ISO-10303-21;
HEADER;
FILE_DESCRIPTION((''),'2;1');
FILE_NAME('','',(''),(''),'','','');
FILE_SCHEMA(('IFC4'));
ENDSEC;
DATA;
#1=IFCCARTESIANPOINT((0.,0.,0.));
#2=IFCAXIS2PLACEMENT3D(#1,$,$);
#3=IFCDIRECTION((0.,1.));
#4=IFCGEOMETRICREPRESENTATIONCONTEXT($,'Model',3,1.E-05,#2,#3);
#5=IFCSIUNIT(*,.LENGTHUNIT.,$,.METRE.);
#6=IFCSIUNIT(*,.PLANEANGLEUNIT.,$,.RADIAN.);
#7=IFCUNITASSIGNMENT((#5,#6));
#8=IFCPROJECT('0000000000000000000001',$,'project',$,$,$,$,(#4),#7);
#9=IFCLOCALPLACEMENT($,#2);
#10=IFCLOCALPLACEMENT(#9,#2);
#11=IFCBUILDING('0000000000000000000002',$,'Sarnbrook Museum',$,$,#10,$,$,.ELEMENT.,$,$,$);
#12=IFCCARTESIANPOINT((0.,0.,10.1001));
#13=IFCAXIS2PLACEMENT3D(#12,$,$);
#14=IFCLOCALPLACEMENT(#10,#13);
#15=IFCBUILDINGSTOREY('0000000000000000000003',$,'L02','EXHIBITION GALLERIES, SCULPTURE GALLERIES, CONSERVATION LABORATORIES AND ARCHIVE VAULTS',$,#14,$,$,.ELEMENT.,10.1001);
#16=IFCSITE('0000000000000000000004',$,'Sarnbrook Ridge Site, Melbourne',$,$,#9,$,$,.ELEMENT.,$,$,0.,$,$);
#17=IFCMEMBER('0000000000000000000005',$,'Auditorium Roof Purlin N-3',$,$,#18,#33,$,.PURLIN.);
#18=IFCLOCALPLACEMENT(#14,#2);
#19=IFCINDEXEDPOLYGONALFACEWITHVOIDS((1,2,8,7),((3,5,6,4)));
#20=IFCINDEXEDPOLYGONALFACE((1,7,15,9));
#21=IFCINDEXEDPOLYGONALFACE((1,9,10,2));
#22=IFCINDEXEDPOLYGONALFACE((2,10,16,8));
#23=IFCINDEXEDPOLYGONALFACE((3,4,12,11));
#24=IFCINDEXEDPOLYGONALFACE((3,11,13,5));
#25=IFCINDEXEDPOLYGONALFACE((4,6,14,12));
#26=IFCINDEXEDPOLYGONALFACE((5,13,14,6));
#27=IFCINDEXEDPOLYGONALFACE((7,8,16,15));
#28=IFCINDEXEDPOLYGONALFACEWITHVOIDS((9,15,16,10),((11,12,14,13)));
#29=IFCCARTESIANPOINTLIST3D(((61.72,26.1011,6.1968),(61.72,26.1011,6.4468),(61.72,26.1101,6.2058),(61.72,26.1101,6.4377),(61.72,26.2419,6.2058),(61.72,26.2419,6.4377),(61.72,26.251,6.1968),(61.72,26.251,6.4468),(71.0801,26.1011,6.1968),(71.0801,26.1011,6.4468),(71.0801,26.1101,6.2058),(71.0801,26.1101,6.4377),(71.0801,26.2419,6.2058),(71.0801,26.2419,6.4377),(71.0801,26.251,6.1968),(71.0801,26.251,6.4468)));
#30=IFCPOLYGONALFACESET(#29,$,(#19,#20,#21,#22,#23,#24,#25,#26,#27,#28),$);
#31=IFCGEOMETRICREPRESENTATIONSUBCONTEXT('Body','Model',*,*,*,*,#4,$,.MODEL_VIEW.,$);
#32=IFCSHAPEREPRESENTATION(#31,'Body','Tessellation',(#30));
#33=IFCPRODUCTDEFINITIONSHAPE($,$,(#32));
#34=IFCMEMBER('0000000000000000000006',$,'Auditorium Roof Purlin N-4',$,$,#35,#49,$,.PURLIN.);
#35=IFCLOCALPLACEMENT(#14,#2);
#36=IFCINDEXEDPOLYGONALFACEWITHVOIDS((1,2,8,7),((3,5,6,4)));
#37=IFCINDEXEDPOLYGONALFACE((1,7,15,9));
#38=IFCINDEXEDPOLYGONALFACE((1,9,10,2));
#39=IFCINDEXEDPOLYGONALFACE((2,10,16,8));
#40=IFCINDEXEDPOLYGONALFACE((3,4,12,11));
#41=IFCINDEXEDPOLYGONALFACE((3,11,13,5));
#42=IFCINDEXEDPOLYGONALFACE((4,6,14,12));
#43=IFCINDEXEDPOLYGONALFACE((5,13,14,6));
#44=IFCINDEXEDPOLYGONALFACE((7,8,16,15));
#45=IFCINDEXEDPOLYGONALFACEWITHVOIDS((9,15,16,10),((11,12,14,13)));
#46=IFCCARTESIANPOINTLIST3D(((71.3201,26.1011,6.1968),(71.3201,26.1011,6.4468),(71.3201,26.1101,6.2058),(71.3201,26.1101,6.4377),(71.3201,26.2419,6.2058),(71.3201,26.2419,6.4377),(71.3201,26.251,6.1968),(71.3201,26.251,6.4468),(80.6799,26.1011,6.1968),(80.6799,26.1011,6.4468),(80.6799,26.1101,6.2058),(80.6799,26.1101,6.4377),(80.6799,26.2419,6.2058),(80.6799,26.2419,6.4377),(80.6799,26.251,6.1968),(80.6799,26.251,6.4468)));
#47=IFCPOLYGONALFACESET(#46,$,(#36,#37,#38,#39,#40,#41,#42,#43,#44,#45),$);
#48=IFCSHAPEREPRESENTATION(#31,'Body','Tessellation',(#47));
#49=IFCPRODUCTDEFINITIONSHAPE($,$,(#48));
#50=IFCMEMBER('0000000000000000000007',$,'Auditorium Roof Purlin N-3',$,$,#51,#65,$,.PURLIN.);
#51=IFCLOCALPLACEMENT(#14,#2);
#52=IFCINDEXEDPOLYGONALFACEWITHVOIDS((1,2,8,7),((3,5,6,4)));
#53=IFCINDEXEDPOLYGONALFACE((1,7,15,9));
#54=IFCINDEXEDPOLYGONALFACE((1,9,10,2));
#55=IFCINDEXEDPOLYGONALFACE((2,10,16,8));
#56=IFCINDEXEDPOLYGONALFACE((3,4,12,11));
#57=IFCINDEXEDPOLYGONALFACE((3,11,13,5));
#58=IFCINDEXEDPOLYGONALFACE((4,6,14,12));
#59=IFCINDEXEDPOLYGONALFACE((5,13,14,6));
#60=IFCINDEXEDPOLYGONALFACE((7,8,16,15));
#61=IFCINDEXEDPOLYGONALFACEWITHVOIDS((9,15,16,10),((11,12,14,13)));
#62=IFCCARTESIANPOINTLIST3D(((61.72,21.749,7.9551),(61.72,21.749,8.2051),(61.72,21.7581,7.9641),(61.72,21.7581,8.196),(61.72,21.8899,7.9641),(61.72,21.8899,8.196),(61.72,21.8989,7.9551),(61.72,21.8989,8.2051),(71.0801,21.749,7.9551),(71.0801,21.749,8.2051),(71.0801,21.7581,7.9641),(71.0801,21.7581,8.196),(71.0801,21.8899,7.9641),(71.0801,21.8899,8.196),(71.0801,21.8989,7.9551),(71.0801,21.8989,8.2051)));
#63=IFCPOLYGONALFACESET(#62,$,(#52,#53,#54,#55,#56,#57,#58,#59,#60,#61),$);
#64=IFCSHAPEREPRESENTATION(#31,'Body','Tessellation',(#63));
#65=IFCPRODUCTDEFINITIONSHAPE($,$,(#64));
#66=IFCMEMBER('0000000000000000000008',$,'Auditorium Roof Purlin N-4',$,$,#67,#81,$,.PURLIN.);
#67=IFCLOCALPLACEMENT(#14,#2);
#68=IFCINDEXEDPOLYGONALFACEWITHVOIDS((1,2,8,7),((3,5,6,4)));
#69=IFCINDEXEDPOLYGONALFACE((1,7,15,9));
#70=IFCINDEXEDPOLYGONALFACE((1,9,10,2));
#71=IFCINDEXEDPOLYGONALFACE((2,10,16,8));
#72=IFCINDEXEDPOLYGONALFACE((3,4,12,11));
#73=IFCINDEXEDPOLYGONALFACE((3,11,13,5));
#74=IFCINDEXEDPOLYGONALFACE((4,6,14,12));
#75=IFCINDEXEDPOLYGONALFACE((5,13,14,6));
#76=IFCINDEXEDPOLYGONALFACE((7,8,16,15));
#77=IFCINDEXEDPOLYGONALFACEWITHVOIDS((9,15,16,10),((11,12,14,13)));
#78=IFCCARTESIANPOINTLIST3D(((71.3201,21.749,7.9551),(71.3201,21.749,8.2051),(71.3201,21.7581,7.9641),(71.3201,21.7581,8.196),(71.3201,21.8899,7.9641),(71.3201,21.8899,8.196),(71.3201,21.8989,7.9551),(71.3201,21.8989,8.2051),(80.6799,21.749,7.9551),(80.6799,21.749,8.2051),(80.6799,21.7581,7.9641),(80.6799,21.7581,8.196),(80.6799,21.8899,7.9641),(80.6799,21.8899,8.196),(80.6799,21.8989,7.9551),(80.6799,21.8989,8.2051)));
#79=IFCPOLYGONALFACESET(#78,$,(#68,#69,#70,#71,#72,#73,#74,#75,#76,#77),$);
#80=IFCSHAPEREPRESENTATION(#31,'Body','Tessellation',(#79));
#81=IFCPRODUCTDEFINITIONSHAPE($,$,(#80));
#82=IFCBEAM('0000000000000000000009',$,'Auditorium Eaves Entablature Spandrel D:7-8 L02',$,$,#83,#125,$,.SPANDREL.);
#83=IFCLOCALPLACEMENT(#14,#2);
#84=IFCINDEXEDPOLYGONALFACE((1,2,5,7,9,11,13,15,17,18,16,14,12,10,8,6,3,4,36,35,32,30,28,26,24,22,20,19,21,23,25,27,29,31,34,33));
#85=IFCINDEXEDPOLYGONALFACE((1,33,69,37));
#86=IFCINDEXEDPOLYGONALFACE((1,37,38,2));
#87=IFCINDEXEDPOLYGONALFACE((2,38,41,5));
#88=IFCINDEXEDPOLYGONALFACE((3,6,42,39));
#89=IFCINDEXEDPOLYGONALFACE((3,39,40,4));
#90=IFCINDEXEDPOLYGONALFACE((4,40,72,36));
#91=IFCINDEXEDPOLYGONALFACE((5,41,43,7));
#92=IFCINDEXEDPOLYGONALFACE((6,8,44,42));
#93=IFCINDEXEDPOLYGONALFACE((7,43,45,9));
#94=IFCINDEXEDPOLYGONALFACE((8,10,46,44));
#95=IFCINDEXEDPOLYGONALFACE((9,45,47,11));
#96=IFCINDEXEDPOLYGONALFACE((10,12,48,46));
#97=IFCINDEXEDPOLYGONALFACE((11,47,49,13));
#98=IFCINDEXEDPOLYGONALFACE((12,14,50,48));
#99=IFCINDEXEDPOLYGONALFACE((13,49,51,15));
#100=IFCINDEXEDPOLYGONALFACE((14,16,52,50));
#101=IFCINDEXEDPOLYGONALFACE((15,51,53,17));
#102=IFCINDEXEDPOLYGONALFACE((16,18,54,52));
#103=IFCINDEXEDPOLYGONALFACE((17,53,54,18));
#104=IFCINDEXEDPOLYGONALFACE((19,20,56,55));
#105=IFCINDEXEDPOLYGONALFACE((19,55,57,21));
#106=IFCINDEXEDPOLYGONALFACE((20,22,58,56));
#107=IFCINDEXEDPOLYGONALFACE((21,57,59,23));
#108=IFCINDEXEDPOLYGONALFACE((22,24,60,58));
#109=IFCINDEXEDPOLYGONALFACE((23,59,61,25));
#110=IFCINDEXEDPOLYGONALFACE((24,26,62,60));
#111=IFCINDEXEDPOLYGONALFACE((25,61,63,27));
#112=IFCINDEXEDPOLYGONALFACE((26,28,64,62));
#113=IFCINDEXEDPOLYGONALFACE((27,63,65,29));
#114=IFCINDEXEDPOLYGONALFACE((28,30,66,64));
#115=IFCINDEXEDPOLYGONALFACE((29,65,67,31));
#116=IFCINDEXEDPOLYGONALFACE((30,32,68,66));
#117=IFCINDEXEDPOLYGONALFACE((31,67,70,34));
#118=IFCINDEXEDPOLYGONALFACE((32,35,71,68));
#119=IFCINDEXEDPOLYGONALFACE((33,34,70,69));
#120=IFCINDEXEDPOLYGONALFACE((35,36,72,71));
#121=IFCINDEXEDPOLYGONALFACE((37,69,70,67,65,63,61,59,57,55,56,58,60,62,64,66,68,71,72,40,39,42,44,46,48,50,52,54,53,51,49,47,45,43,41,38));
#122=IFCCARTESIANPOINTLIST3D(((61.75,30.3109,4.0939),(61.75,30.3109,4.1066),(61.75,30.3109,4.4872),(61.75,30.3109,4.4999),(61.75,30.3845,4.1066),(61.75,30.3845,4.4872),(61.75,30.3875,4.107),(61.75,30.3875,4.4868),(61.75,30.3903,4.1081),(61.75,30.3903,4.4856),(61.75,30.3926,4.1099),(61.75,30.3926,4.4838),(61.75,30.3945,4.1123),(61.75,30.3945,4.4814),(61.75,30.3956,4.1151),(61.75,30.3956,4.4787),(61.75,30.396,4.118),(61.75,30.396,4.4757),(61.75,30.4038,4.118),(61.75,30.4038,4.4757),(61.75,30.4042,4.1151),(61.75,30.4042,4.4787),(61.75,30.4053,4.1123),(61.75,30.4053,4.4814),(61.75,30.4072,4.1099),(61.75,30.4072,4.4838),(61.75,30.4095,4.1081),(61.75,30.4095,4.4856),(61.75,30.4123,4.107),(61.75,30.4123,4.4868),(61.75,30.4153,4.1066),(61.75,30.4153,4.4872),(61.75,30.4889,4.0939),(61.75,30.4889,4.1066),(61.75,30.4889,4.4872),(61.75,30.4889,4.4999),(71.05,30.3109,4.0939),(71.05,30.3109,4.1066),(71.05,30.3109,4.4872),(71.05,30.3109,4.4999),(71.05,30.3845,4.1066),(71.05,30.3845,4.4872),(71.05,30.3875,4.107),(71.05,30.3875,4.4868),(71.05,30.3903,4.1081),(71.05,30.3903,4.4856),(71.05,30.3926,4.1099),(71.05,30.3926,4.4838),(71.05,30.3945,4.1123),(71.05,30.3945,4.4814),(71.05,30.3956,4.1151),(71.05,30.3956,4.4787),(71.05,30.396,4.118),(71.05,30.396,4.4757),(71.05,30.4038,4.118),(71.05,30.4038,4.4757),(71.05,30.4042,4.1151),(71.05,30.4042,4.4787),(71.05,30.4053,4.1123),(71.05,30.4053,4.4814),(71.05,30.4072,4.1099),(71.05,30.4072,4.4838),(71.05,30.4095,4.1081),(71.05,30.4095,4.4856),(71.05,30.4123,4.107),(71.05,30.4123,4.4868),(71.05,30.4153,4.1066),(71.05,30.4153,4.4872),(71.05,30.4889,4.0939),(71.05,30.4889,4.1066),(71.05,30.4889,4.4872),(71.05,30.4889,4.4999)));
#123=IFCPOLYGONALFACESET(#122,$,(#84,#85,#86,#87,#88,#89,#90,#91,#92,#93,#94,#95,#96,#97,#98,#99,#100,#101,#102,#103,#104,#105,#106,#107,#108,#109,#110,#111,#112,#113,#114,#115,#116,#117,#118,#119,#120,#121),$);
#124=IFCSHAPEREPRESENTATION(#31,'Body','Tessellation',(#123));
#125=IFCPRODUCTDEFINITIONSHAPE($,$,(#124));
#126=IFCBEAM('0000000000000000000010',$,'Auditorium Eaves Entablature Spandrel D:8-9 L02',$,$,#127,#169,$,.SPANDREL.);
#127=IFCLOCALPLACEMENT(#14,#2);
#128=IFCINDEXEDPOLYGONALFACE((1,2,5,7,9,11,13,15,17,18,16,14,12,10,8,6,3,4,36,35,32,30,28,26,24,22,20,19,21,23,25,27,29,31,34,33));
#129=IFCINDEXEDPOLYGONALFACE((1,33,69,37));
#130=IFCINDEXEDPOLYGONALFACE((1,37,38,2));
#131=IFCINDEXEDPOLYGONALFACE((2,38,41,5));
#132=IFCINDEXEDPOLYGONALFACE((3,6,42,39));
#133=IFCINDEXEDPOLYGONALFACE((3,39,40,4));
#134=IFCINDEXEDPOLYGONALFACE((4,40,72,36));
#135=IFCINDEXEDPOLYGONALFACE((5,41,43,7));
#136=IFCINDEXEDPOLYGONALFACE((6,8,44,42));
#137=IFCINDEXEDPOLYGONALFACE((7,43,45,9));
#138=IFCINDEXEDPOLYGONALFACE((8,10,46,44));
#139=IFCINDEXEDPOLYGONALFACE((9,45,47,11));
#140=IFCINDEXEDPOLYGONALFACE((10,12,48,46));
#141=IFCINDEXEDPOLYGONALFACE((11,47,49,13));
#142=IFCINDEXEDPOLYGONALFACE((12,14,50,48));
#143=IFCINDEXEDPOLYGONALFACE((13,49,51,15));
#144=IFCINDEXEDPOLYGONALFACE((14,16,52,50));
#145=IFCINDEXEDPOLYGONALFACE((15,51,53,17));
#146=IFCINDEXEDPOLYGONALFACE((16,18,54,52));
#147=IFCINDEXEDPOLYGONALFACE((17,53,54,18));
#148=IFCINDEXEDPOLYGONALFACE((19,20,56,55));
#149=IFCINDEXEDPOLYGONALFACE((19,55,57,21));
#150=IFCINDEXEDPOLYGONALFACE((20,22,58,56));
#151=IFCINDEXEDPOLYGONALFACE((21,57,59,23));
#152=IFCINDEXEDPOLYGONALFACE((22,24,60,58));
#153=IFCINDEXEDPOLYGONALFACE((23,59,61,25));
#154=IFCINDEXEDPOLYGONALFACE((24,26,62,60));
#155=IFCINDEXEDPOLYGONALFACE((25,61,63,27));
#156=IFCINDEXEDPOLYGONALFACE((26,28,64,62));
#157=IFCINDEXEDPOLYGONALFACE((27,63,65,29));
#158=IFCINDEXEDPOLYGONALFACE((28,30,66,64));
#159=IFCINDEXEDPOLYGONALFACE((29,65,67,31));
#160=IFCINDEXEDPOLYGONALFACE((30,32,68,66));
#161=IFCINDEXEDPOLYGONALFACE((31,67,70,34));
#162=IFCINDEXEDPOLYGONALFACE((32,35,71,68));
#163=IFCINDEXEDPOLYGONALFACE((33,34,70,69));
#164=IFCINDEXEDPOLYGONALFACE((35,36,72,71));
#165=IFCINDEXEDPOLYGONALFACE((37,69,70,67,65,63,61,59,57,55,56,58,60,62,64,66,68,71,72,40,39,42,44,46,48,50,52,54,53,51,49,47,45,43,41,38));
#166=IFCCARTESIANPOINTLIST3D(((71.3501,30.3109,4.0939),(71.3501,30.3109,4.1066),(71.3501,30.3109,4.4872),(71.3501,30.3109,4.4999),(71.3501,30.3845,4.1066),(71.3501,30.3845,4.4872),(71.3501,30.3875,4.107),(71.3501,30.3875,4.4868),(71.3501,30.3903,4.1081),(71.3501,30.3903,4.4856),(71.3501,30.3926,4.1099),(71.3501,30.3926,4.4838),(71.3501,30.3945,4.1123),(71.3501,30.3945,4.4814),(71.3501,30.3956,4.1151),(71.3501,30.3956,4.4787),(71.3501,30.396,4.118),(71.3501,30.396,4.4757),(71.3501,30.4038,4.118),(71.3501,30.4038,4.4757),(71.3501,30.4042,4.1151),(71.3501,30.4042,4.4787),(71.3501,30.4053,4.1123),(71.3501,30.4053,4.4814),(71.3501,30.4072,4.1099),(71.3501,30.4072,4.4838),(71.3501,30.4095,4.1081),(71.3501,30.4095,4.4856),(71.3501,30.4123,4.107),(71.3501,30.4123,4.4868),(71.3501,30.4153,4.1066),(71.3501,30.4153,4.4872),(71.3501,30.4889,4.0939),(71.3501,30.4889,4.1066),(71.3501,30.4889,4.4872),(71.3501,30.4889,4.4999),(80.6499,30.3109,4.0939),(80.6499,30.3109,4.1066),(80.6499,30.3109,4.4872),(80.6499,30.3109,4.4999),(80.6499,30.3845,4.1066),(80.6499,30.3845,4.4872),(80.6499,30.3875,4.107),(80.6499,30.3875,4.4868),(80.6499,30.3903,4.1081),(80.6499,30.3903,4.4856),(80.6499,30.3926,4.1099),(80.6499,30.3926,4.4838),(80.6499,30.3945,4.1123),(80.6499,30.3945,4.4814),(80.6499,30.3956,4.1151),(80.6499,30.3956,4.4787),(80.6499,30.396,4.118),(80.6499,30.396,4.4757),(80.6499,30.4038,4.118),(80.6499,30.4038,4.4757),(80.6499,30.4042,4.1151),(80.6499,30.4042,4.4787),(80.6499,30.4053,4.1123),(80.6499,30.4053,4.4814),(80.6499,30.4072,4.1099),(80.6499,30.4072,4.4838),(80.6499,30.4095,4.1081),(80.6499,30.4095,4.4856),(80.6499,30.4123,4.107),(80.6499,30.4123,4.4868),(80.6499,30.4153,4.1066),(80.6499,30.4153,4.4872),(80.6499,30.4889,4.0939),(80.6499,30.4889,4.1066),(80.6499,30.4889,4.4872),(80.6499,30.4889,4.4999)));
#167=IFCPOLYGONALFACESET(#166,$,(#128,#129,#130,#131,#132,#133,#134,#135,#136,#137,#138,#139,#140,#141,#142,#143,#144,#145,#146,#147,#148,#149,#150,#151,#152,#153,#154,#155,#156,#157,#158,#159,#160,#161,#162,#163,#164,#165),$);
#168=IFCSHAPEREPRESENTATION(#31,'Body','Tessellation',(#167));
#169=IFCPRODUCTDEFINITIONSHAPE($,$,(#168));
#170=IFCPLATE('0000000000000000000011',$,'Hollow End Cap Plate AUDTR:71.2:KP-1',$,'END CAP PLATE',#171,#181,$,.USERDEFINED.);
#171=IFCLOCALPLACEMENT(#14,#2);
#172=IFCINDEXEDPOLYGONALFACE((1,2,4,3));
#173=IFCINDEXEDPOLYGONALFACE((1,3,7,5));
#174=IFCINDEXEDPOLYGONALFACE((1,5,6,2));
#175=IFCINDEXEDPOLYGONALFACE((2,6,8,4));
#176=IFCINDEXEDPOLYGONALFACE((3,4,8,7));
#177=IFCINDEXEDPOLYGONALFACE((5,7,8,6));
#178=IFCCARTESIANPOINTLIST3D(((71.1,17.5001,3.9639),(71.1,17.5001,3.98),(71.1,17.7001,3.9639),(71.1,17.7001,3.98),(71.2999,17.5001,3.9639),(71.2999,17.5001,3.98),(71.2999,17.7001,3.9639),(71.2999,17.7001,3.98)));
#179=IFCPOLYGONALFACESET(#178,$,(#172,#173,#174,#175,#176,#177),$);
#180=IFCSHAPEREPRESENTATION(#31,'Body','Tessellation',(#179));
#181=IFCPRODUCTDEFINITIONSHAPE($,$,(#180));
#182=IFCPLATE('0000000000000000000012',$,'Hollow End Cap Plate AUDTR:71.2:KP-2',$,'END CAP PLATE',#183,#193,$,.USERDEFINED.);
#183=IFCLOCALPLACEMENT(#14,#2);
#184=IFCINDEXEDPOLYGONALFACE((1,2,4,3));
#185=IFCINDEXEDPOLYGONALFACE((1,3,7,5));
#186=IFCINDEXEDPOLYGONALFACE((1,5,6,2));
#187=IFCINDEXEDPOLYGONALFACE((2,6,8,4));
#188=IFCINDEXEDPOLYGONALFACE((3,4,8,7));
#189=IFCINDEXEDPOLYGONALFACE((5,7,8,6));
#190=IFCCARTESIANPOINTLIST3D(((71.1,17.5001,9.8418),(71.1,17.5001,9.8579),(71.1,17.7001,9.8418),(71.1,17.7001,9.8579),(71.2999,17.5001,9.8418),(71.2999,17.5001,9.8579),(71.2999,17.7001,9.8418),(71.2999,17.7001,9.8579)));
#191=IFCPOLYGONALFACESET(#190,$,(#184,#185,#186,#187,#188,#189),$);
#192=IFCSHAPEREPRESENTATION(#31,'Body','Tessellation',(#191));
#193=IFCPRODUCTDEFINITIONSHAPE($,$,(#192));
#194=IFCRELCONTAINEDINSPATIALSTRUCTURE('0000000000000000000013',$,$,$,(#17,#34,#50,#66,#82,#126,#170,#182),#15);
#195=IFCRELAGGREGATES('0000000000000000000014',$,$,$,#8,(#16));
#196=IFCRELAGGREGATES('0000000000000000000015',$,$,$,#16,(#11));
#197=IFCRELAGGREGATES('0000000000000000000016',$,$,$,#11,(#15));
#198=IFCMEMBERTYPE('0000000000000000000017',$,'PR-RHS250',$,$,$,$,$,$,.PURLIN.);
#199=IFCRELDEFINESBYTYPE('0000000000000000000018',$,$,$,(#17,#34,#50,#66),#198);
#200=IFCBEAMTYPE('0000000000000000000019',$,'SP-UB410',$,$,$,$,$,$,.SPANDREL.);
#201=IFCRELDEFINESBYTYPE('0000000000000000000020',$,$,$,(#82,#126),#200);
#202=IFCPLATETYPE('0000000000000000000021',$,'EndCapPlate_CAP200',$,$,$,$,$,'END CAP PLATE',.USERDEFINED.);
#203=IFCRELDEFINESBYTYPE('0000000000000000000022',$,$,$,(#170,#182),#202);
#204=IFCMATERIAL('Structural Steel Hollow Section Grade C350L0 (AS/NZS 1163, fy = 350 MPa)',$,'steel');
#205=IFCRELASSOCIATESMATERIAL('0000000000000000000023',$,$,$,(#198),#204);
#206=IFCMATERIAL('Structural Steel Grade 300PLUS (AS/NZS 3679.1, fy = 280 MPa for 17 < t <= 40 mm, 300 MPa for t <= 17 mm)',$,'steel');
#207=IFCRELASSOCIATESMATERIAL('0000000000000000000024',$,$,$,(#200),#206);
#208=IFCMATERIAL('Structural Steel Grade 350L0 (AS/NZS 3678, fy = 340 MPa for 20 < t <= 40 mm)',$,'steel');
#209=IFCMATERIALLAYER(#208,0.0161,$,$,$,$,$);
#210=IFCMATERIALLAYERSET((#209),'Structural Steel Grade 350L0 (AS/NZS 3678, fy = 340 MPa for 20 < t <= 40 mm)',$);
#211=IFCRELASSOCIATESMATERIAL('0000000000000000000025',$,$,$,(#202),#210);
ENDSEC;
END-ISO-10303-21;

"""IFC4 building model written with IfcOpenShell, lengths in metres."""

from ifc_helpers import new_model, si_unit, direction, frame, origin, origin_2d, place, context, subcontext, project, spatial, rectangle, hollow_rectangle, i_section, extrude, material, layer, layer_set, material_profile, profile_set, type_object, element, save


model = new_model("IFC4")

# Units and contexts
model_context = context("Model", 3, precision=1e-05, world=origin(), true_north=direction((0.0, 1.0)))
body_context = subcontext(model_context, "Body", "Model", "MODEL_VIEW")
ifc_project = project(units=[si_unit("LENGTHUNIT", "METRE"), si_unit("PLANEANGLEUNIT", "RADIAN")], contexts=[model_context])

# Site, building, storey
site_placement = place(None, origin())
site = spatial("IfcSite", under=ifc_project, at=site_placement, Name="Sarnbrook Ridge Site, Melbourne", CompositionType="ELEMENT", RefElevation=0.0)
building_placement = place(site_placement, origin())
building = spatial("IfcBuilding", under=site, at=building_placement, Name="Sarnbrook Museum", CompositionType="ELEMENT")
storey_placement = place(building_placement, frame((0.0, 0.0, 10.1001)))
storey = spatial("IfcBuildingStorey", under=building, at=storey_placement, Name="L02", Description="EXHIBITION GALLERIES, SCULPTURE GALLERIES, CONSERVATION LABORATORIES AND ARCHIVE VAULTS", CompositionType="ELEMENT", Elevation=10.1001)

# Shared definitions
ifc_material_1 = material(Name="Structural Steel Grade 300PLUS (AS/NZS 3679.1, fy = 280 MPa for 17 < t <= 40 mm, 300 MPa for t <= 17 mm)", Category="steel")

# Shared definitions
ifc_material_2 = material(Name="Structural Steel Grade 350L0 (AS/NZS 3678, fy = 340 MPa for 20 < t <= 40 mm)", Category="steel")

# Members
ifc_material_3 = material(Name="Structural Steel Hollow Section Grade C350L0 (AS/NZS 1163, fy = 350 MPa)", Category="steel")
ifc_material_profile_1 = material_profile(ifc_material_3, hollow_rectangle(XDim=0.1499, YDim=0.25, WallThickness=0.009, at=origin_2d()), Name="250x150x9.0RHS")
ifc_profile_set_1 = profile_set([ifc_material_profile_1], Name="Structural Steel Hollow Section Grade C350L0 (AS/NZS 1163, fy = 350 MPa)")
member_type_1 = type_object("IfcMemberType", Name="PR-RHS250", PredefinedType="PURLIN", material=ifc_profile_set_1)
member_1_placement = place(storey_placement, frame((61.72, 26.176, 6.3218), z_axis=(1.0, 0.0, 0.0), x_axis=(0.0, 1.0, 0.0)))
element("IfcMember", 1, at=member_1_placement, inside=storey, type_object=member_type_1, Name="Auditorium Roof Purlin N-3", PredefinedType="PURLIN", context=body_context, shape_type="SweptSolid", body=[
    extrude(hollow_rectangle(XDim=0.1499, YDim=0.25, WallThickness=0.009, at=origin_2d()), origin(), (0.0, 0.0, 1.0), 9.3601),
])
member_2_placement = place(storey_placement, frame((71.3201, 26.176, 6.3218), z_axis=(1.0, 0.0, 0.0), x_axis=(0.0, 1.0, 0.0)))
element("IfcMember", 2, at=member_2_placement, inside=storey, type_object=member_type_1, Name="Auditorium Roof Purlin N-4", PredefinedType="PURLIN", context=body_context, shape_type="SweptSolid", body=[
    extrude(hollow_rectangle(XDim=0.1499, YDim=0.25, WallThickness=0.009, at=origin_2d()), origin(), (0.0, 0.0, 1.0), 9.3599),
])
member_3_placement = place(storey_placement, frame((61.72, 21.824, 8.0801), z_axis=(1.0, 0.0, 0.0), x_axis=(0.0, 1.0, 0.0)))
element("IfcMember", 3, at=member_3_placement, inside=storey, type_object=member_type_1, Name="Auditorium Roof Purlin N-3", PredefinedType="PURLIN", context=body_context, shape_type="SweptSolid", body=[
    extrude(hollow_rectangle(XDim=0.1499, YDim=0.25, WallThickness=0.009, at=origin_2d()), origin(), (0.0, 0.0, 1.0), 9.3601),
])
member_4_placement = place(storey_placement, frame((71.3201, 21.824, 8.0801), z_axis=(1.0, 0.0, 0.0), x_axis=(0.0, 1.0, 0.0)))
element("IfcMember", 4, at=member_4_placement, inside=storey, type_object=member_type_1, Name="Auditorium Roof Purlin N-4", PredefinedType="PURLIN", context=body_context, shape_type="SweptSolid", body=[
    extrude(hollow_rectangle(XDim=0.1499, YDim=0.25, WallThickness=0.009, at=origin_2d()), origin(), (0.0, 0.0, 1.0), 9.3599),
])

# Beams
ifc_material_profile_2 = material_profile(ifc_material_1, i_section(OverallWidth=0.178, OverallDepth=0.406, WebThickness=0.0078, FlangeThickness=0.0127, FilletRadius=0.0115, at=origin_2d()), Name="410UB59.7")
ifc_profile_set_2 = profile_set([ifc_material_profile_2], Name="Structural Steel Grade 300PLUS (AS/NZS 3679.1, fy = 280 MPa for 17 < t <= 40 mm, 300 MPa for t <= 17 mm)")
beam_type_1 = type_object("IfcBeamType", Name="SP-UB410", PredefinedType="SPANDREL", material=ifc_profile_set_2)
beam_1_placement = place(storey_placement, frame((61.75, 30.3999, 4.2969), z_axis=(1.0, 0.0, 0.0), x_axis=(0.0, 1.0, 0.0)))
element("IfcBeam", 5, at=beam_1_placement, inside=storey, type_object=beam_type_1, Name="Auditorium Eaves Entablature Spandrel D:7-8 L02", PredefinedType="SPANDREL", context=body_context, shape_type="SweptSolid", body=[
    extrude(i_section(OverallWidth=0.178, OverallDepth=0.406, WebThickness=0.0078, FlangeThickness=0.0127, FilletRadius=0.0115, at=origin_2d()), origin(), (0.0, 0.0, 1.0), 9.3),
])
beam_2_placement = place(storey_placement, frame((71.3501, 30.3999, 4.2969), z_axis=(1.0, 0.0, 0.0), x_axis=(0.0, 1.0, 0.0)))
element("IfcBeam", 6, at=beam_2_placement, inside=storey, type_object=beam_type_1, Name="Auditorium Eaves Entablature Spandrel D:8-9 L02", PredefinedType="SPANDREL", context=body_context, shape_type="SweptSolid", body=[
    extrude(i_section(OverallWidth=0.178, OverallDepth=0.406, WebThickness=0.0078, FlangeThickness=0.0127, FilletRadius=0.0115, at=origin_2d()), origin(), (0.0, 0.0, 1.0), 9.2998),
])

# Plates
ifc_layer_1 = layer(ifc_material_2, 0.0161)
ifc_layer_set_1 = layer_set([ifc_layer_1], Name="Structural Steel Grade 350L0 (AS/NZS 3678, fy = 340 MPa for 20 < t <= 40 mm)")
plate_type_1 = type_object("IfcPlateType", Name="EndCapPlate_CAP200", ElementType="END CAP PLATE", PredefinedType="USERDEFINED", material=ifc_layer_set_1)
for number, where, z_axis, x_axis, name in (
    (7, (71.2, 17.6001, 3.9639), (0.0, 0.0, 1.0), (1.0, 0.0, 0.0), "Hollow End Cap Plate AUDTR:71.2:KP-1"),
    (8, (71.2, 17.6001, 9.8418), (0.0, 0.0, 1.0), (1.0, 0.0, 0.0), "Hollow End Cap Plate AUDTR:71.2:KP-2"),
):
    element("IfcPlate", number, at=place(storey_placement, frame(where, z_axis=z_axis, x_axis=x_axis)), inside=storey, type_object=plate_type_1, Name=name, ObjectType="END CAP PLATE", PredefinedType="USERDEFINED", context=body_context, shape_type="SweptSolid", body=[
        extrude(rectangle(XDim=0.2, YDim=0.2, at=origin_2d()), origin(), (0.0, 0.0, 1.0), 0.0161),
    ])

save(model, "model.ifc")
